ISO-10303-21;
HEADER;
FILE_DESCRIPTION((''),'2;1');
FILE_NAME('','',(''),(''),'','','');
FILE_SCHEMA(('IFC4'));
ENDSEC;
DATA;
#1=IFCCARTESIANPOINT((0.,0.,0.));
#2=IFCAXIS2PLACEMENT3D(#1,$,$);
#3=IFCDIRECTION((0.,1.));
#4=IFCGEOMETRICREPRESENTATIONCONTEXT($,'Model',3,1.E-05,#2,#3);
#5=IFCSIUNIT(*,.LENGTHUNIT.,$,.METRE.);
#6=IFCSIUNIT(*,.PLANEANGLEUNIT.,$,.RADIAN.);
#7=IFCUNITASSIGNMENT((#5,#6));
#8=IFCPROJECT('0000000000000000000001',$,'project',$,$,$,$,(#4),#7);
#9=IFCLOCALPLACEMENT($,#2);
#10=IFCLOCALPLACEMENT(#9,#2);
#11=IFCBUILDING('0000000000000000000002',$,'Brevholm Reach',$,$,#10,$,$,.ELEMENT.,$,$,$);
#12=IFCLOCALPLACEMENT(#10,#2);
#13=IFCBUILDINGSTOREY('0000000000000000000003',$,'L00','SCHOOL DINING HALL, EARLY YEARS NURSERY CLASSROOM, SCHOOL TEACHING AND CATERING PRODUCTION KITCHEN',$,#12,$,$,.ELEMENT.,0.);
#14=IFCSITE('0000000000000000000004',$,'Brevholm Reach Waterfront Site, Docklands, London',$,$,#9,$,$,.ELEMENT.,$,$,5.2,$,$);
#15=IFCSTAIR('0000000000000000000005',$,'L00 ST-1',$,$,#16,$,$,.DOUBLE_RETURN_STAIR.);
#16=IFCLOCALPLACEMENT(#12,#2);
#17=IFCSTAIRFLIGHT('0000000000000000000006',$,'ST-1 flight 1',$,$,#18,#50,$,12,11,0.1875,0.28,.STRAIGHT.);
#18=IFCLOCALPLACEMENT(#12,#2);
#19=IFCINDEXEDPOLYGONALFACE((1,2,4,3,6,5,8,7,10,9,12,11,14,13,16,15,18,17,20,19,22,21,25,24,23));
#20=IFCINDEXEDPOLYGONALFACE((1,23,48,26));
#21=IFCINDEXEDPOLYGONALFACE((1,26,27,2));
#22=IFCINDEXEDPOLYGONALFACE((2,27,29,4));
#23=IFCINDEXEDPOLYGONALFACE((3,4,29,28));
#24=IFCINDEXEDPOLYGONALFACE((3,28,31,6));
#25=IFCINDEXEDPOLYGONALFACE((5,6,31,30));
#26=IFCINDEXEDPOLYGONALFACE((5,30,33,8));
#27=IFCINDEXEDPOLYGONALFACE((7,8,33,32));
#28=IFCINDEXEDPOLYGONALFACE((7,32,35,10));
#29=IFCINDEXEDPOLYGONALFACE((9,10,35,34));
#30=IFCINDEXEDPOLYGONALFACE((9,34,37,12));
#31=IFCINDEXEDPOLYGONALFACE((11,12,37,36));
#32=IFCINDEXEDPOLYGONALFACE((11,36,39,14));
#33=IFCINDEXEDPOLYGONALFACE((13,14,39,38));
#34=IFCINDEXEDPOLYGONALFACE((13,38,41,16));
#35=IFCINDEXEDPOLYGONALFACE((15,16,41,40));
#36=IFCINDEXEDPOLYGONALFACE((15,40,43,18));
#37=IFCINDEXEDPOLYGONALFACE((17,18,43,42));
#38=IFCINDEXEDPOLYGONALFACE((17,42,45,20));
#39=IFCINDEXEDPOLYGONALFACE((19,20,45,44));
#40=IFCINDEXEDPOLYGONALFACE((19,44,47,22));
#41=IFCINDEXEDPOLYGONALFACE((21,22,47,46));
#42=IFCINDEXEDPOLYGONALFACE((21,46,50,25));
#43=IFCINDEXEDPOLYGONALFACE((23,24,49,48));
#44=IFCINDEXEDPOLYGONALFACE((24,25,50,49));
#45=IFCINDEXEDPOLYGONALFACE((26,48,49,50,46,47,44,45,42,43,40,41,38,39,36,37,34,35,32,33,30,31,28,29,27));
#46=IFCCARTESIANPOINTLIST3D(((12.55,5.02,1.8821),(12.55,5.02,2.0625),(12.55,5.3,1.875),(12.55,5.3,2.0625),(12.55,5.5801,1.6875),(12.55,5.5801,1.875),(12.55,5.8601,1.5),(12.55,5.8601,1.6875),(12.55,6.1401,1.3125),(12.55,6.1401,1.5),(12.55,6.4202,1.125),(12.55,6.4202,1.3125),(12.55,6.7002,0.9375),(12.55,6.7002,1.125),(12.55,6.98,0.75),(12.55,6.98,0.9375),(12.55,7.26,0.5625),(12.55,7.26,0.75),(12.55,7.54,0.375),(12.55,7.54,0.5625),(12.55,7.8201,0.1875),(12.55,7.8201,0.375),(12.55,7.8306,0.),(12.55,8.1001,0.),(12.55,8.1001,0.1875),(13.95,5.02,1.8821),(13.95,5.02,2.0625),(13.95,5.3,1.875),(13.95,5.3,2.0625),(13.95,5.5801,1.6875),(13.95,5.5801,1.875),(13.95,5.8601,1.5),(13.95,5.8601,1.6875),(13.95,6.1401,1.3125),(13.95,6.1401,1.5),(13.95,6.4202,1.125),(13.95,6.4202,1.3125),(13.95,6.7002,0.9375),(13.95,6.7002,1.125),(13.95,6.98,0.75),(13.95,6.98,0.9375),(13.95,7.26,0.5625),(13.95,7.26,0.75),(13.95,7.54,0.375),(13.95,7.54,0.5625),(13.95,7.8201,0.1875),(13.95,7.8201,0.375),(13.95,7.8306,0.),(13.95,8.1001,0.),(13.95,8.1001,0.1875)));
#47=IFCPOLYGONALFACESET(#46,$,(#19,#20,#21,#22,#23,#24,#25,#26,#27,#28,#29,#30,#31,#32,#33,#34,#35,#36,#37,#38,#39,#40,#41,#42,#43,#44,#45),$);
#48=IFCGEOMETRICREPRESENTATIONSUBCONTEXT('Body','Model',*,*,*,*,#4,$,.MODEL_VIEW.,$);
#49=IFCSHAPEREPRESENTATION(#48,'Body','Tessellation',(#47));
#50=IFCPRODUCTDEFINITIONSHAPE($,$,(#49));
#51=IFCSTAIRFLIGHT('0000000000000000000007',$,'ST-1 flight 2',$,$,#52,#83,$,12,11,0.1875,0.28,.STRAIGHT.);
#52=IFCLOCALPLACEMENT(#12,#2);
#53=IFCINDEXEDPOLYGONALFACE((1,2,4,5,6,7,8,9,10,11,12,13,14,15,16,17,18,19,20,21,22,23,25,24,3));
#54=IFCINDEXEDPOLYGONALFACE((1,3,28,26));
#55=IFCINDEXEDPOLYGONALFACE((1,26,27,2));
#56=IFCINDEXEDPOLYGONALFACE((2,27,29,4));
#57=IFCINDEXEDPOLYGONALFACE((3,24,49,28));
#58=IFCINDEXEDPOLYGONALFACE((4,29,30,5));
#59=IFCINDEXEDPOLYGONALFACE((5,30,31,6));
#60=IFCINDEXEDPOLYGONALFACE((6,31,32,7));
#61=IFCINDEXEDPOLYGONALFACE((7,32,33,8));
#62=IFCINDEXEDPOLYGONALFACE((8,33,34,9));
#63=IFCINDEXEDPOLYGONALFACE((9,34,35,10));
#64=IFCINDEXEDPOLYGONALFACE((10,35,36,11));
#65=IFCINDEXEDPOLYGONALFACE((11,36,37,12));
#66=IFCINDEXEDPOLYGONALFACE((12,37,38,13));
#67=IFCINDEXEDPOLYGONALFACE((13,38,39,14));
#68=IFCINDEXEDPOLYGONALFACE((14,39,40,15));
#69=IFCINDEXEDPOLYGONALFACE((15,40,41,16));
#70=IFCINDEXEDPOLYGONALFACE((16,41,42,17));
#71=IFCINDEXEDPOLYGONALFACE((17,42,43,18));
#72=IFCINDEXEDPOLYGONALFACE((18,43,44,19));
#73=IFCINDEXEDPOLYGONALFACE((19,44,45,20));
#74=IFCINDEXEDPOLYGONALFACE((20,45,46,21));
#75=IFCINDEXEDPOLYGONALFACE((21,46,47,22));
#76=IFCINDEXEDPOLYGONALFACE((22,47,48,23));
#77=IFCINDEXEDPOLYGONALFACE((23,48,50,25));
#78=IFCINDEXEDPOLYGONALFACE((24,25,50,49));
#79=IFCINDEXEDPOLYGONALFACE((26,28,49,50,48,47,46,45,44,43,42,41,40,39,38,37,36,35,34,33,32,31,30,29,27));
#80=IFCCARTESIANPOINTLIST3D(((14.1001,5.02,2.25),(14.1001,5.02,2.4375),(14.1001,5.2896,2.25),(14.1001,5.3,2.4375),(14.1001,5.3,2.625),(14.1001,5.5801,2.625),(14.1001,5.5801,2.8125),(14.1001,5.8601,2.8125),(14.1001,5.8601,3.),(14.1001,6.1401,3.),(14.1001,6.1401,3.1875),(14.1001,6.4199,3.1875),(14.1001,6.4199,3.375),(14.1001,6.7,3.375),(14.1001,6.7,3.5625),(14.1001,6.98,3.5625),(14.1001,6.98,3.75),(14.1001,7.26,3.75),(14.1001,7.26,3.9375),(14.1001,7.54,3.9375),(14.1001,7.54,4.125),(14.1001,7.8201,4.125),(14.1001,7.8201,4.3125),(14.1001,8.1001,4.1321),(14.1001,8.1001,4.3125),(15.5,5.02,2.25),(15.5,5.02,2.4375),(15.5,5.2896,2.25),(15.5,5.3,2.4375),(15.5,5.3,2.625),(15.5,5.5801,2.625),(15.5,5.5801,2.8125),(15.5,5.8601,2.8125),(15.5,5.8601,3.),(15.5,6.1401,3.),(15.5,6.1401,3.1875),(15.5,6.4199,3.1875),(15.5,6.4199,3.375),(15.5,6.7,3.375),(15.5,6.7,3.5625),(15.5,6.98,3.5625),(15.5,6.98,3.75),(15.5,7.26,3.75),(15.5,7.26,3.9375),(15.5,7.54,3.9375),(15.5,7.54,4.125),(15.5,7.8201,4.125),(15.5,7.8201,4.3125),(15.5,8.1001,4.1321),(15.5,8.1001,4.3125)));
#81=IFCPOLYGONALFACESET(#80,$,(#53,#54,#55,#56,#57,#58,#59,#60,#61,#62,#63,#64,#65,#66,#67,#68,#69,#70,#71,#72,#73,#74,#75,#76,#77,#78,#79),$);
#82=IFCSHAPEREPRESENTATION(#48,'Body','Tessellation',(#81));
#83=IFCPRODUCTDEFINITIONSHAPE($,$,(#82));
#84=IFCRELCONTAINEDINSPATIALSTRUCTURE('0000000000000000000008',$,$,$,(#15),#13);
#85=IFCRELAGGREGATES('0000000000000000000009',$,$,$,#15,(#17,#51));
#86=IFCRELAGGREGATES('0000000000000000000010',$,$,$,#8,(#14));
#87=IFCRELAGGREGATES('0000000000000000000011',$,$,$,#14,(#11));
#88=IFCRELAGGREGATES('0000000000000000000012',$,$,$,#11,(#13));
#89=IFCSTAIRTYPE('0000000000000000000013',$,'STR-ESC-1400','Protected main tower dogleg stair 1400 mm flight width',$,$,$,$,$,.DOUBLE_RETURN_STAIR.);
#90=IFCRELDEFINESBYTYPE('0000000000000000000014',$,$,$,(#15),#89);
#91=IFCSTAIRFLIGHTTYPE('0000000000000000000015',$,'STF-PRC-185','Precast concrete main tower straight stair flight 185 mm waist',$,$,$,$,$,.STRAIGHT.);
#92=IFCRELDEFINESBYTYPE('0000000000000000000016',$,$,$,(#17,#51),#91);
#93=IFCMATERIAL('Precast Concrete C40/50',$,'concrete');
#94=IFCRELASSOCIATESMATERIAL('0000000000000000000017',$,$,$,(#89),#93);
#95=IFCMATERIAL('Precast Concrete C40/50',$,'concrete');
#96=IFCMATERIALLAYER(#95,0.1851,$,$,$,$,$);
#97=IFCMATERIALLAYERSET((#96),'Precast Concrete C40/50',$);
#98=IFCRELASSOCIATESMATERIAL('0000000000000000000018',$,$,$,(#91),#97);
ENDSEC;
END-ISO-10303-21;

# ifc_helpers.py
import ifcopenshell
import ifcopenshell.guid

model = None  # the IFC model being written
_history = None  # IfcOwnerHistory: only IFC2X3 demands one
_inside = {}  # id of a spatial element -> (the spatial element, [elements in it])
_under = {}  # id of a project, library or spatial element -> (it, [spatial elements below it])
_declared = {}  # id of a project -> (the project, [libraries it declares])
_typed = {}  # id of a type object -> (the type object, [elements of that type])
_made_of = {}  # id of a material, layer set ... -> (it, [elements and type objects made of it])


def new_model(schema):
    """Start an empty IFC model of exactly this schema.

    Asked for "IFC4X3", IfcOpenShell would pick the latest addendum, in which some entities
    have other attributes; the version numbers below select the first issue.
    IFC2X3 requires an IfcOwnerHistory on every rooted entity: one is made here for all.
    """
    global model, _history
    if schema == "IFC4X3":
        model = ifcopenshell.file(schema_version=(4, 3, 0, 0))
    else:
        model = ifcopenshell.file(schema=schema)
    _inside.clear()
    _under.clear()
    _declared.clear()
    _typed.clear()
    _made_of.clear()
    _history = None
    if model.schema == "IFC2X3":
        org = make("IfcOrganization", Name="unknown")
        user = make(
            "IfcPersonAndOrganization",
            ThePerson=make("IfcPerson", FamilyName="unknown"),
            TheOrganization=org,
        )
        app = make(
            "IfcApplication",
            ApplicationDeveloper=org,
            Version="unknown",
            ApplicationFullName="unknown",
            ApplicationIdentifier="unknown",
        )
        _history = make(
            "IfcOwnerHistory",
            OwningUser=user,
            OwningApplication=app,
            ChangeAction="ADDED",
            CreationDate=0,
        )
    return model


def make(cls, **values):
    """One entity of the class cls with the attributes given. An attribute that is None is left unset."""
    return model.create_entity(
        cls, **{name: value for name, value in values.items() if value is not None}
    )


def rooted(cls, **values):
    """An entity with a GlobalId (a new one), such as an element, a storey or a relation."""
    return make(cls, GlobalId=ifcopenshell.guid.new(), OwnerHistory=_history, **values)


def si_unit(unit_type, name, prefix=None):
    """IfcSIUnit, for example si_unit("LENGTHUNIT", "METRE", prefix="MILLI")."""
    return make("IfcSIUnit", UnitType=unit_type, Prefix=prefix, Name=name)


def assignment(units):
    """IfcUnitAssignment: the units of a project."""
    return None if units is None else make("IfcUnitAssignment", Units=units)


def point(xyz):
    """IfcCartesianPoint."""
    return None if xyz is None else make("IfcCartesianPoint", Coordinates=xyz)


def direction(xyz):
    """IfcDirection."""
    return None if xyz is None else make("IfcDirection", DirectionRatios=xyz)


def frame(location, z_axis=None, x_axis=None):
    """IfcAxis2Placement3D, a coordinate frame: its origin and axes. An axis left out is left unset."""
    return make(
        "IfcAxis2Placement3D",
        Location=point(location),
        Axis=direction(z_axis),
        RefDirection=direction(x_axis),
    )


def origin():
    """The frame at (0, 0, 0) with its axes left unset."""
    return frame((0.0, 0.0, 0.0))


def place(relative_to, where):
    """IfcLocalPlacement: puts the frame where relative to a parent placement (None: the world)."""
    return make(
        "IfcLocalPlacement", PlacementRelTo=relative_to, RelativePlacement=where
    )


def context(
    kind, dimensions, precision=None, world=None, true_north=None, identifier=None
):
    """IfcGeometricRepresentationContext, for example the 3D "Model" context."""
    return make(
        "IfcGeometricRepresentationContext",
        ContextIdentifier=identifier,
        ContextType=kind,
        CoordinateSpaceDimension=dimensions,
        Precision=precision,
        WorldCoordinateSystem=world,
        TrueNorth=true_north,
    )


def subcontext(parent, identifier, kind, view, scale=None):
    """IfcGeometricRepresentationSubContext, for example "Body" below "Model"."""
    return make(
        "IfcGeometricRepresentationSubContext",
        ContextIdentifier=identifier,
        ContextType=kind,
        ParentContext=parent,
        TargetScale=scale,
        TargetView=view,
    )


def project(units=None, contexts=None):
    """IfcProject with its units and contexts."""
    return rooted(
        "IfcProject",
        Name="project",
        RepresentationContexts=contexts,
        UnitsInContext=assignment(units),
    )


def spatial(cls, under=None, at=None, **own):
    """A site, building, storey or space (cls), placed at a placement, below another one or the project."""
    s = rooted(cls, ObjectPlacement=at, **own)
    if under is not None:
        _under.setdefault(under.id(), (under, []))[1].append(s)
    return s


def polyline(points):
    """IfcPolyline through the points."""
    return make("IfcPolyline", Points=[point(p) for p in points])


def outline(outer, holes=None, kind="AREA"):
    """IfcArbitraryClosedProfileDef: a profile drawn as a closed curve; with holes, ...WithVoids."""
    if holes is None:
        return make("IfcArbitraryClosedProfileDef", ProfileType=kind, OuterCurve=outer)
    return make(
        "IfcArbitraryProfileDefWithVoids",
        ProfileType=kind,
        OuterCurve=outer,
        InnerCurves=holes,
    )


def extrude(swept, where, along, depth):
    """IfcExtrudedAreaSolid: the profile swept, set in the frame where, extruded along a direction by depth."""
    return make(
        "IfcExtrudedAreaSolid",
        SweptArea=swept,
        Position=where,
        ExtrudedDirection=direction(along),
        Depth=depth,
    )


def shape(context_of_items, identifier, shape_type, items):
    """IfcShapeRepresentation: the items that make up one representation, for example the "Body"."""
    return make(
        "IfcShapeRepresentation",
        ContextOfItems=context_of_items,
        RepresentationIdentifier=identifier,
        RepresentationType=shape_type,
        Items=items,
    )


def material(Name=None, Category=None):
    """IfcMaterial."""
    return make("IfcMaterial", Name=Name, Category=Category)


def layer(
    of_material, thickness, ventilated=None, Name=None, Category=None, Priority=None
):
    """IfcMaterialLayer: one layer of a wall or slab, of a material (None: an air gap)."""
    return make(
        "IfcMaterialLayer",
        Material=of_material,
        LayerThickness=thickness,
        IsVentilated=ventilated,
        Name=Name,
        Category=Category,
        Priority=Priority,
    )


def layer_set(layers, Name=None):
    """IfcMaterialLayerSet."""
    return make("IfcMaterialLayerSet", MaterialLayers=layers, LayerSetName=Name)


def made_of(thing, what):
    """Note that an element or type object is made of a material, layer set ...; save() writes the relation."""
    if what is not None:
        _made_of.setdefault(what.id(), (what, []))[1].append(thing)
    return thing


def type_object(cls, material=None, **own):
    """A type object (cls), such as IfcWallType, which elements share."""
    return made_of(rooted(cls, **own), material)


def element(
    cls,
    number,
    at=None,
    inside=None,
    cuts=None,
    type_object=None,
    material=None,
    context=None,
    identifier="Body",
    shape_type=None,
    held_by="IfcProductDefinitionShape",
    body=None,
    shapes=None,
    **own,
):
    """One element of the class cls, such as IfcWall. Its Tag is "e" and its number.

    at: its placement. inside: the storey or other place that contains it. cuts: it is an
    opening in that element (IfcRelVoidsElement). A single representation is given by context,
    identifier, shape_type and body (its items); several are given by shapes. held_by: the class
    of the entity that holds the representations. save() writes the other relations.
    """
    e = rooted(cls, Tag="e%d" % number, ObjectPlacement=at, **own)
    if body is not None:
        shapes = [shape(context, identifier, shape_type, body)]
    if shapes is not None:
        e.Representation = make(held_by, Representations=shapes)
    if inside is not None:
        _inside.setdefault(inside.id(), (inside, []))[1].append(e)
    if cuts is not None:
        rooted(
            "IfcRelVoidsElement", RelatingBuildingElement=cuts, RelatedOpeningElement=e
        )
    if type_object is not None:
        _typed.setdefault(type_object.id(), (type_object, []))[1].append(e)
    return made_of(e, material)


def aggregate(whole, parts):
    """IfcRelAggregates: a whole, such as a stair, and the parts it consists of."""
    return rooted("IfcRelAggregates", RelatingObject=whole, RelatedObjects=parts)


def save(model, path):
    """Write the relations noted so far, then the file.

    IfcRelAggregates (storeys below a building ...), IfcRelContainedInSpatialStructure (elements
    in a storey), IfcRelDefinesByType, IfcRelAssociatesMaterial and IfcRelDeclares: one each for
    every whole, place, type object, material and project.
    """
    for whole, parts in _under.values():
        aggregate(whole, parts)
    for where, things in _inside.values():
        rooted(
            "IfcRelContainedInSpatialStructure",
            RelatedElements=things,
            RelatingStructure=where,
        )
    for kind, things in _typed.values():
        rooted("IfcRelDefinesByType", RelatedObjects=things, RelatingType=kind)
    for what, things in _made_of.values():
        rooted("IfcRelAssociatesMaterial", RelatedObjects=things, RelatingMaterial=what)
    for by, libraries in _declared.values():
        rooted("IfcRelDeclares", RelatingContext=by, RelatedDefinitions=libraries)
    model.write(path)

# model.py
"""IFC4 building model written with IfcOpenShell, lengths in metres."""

from ifc_helpers import new_model, si_unit, direction, frame, origin, place, context, subcontext, project, spatial, polyline, outline, extrude, material, layer, layer_set, type_object, element, aggregate, save


model = new_model("IFC4")

# Units and contexts
model_context = context("Model", 3, precision=1e-05, world=origin(), true_north=direction((0.0, 1.0)))
body_context = subcontext(model_context, "Body", "Model", "MODEL_VIEW")
ifc_project = project(units=[si_unit("LENGTHUNIT", "METRE"), si_unit("PLANEANGLEUNIT", "RADIAN")], contexts=[model_context])

# Site, building, storey
site_placement = place(None, origin())
site = spatial("IfcSite", under=ifc_project, at=site_placement, Name="Brevholm Reach Waterfront Site, Docklands, London", CompositionType="ELEMENT", RefElevation=5.2)
building_placement = place(site_placement, origin())
building = spatial("IfcBuilding", under=site, at=building_placement, Name="Brevholm Reach", CompositionType="ELEMENT")
storey_placement = place(building_placement, origin())
storey = spatial("IfcBuildingStorey", under=building, at=storey_placement, Name="L00", Description="SCHOOL DINING HALL, EARLY YEARS NURSERY CLASSROOM, SCHOOL TEACHING AND CATERING PRODUCTION KITCHEN", CompositionType="ELEMENT", Elevation=0.0)

# Stair, stair flights
ifc_material_1 = material(Name="Precast Concrete C40/50", Category="concrete")
stair_type = type_object("IfcStairType", Name="STR-ESC-1400", Description="Protected main tower dogleg stair 1400 mm flight width", PredefinedType="DOUBLE_RETURN_STAIR", material=ifc_material_1)
stair_placement = place(storey_placement, origin())
stair = element("IfcStair", 1, at=stair_placement, inside=storey, type_object=stair_type, Name="L00 ST-1", PredefinedType="DOUBLE_RETURN_STAIR")
ifc_material_2 = material(Name="Precast Concrete C40/50", Category="concrete")
ifc_layer_1 = layer(ifc_material_2, 0.1851)
ifc_layer_set_1 = layer_set([ifc_layer_1], Name="Precast Concrete C40/50")
stair_flight_type = type_object("IfcStairFlightType", Name="STF-PRC-185", Description="Precast concrete main tower straight stair flight 185 mm waist", PredefinedType="STRAIGHT", material=ifc_layer_set_1)
stair_flight_1_placement = place(storey_placement, frame((13.25, 8.1001, 0.0), z_axis=(0.0, 0.0, 1.0), x_axis=(0.0, -1.0, 0.0)))
stair_flight_1 = element("IfcStairFlight", 2, at=stair_flight_1_placement, type_object=stair_flight_type, Name="ST-1 flight 1", NumberOfRisers=12, NumberOfTreads=11, PredefinedType="STRAIGHT", RiserHeight=0.1875, TreadLength=0.28, context=body_context, shape_type="SweptSolid", body=[
    extrude(outline(polyline([(0.0, 0.0), (0.0, 0.1875), (0.28, 0.1875), (0.28, 0.375), (0.5601, 0.375), (0.5601, 0.5625), (0.8401, 0.5625), (0.8401, 0.75), (1.1201, 0.75), (1.1201, 0.9375), (1.3999, 0.9375), (1.3999, 1.125), (1.6799, 1.125), (1.6799, 1.3125), (1.96, 1.3125), (1.96, 1.5), (2.24, 1.5), (2.24, 1.6875), (2.52, 1.6875), (2.52, 1.875), (2.8, 1.875), (2.8, 2.0625), (3.0801, 2.0625), (3.0801, 2.25), (3.0801, 1.8821), (0.2695, 0.0), (0.0, 0.0)])), frame((0.0, 0.7, 0.0), z_axis=(0.0, -1.0, 0.0), x_axis=(1.0, 0.0, 0.0)), (0.0, 0.0, 1.0), 1.3999),
])
stair_flight_2_placement = place(storey_placement, frame((14.8, 5.02, 2.25), z_axis=(0.0, 0.0, 1.0), x_axis=(0.0, 1.0, 0.0)))
stair_flight_2 = element("IfcStairFlight", 3, at=stair_flight_2_placement, type_object=stair_flight_type, Name="ST-1 flight 2", NumberOfRisers=12, NumberOfTreads=11, PredefinedType="STRAIGHT", RiserHeight=0.1875, TreadLength=0.28, context=body_context, shape_type="SweptSolid", body=[
    extrude(outline(polyline([(0.0, 0.0), (0.0, 0.1875), (0.28, 0.1875), (0.28, 0.375), (0.5601, 0.375), (0.5601, 0.5625), (0.8401, 0.5625), (0.8401, 0.75), (1.1201, 0.75), (1.1201, 0.9375), (1.3999, 0.9375), (1.3999, 1.125), (1.6799, 1.125), (1.6799, 1.3125), (1.96, 1.3125), (1.96, 1.5), (2.24, 1.5), (2.24, 1.6875), (2.52, 1.6875), (2.52, 1.875), (2.8, 1.875), (2.8, 2.0625), (3.0801, 2.0625), (3.0801, 2.25), (3.0801, 1.8821), (0.2695, 0.0), (0.0, 0.0)])), frame((0.0, 0.7, 0.0), z_axis=(0.0, -1.0, 0.0), x_axis=(1.0, 0.0, 0.0)), (0.0, 0.0, 1.0), 1.3999),
])
aggregate(stair, [stair_flight_1, stair_flight_2])

save(model, "model.ifc")
